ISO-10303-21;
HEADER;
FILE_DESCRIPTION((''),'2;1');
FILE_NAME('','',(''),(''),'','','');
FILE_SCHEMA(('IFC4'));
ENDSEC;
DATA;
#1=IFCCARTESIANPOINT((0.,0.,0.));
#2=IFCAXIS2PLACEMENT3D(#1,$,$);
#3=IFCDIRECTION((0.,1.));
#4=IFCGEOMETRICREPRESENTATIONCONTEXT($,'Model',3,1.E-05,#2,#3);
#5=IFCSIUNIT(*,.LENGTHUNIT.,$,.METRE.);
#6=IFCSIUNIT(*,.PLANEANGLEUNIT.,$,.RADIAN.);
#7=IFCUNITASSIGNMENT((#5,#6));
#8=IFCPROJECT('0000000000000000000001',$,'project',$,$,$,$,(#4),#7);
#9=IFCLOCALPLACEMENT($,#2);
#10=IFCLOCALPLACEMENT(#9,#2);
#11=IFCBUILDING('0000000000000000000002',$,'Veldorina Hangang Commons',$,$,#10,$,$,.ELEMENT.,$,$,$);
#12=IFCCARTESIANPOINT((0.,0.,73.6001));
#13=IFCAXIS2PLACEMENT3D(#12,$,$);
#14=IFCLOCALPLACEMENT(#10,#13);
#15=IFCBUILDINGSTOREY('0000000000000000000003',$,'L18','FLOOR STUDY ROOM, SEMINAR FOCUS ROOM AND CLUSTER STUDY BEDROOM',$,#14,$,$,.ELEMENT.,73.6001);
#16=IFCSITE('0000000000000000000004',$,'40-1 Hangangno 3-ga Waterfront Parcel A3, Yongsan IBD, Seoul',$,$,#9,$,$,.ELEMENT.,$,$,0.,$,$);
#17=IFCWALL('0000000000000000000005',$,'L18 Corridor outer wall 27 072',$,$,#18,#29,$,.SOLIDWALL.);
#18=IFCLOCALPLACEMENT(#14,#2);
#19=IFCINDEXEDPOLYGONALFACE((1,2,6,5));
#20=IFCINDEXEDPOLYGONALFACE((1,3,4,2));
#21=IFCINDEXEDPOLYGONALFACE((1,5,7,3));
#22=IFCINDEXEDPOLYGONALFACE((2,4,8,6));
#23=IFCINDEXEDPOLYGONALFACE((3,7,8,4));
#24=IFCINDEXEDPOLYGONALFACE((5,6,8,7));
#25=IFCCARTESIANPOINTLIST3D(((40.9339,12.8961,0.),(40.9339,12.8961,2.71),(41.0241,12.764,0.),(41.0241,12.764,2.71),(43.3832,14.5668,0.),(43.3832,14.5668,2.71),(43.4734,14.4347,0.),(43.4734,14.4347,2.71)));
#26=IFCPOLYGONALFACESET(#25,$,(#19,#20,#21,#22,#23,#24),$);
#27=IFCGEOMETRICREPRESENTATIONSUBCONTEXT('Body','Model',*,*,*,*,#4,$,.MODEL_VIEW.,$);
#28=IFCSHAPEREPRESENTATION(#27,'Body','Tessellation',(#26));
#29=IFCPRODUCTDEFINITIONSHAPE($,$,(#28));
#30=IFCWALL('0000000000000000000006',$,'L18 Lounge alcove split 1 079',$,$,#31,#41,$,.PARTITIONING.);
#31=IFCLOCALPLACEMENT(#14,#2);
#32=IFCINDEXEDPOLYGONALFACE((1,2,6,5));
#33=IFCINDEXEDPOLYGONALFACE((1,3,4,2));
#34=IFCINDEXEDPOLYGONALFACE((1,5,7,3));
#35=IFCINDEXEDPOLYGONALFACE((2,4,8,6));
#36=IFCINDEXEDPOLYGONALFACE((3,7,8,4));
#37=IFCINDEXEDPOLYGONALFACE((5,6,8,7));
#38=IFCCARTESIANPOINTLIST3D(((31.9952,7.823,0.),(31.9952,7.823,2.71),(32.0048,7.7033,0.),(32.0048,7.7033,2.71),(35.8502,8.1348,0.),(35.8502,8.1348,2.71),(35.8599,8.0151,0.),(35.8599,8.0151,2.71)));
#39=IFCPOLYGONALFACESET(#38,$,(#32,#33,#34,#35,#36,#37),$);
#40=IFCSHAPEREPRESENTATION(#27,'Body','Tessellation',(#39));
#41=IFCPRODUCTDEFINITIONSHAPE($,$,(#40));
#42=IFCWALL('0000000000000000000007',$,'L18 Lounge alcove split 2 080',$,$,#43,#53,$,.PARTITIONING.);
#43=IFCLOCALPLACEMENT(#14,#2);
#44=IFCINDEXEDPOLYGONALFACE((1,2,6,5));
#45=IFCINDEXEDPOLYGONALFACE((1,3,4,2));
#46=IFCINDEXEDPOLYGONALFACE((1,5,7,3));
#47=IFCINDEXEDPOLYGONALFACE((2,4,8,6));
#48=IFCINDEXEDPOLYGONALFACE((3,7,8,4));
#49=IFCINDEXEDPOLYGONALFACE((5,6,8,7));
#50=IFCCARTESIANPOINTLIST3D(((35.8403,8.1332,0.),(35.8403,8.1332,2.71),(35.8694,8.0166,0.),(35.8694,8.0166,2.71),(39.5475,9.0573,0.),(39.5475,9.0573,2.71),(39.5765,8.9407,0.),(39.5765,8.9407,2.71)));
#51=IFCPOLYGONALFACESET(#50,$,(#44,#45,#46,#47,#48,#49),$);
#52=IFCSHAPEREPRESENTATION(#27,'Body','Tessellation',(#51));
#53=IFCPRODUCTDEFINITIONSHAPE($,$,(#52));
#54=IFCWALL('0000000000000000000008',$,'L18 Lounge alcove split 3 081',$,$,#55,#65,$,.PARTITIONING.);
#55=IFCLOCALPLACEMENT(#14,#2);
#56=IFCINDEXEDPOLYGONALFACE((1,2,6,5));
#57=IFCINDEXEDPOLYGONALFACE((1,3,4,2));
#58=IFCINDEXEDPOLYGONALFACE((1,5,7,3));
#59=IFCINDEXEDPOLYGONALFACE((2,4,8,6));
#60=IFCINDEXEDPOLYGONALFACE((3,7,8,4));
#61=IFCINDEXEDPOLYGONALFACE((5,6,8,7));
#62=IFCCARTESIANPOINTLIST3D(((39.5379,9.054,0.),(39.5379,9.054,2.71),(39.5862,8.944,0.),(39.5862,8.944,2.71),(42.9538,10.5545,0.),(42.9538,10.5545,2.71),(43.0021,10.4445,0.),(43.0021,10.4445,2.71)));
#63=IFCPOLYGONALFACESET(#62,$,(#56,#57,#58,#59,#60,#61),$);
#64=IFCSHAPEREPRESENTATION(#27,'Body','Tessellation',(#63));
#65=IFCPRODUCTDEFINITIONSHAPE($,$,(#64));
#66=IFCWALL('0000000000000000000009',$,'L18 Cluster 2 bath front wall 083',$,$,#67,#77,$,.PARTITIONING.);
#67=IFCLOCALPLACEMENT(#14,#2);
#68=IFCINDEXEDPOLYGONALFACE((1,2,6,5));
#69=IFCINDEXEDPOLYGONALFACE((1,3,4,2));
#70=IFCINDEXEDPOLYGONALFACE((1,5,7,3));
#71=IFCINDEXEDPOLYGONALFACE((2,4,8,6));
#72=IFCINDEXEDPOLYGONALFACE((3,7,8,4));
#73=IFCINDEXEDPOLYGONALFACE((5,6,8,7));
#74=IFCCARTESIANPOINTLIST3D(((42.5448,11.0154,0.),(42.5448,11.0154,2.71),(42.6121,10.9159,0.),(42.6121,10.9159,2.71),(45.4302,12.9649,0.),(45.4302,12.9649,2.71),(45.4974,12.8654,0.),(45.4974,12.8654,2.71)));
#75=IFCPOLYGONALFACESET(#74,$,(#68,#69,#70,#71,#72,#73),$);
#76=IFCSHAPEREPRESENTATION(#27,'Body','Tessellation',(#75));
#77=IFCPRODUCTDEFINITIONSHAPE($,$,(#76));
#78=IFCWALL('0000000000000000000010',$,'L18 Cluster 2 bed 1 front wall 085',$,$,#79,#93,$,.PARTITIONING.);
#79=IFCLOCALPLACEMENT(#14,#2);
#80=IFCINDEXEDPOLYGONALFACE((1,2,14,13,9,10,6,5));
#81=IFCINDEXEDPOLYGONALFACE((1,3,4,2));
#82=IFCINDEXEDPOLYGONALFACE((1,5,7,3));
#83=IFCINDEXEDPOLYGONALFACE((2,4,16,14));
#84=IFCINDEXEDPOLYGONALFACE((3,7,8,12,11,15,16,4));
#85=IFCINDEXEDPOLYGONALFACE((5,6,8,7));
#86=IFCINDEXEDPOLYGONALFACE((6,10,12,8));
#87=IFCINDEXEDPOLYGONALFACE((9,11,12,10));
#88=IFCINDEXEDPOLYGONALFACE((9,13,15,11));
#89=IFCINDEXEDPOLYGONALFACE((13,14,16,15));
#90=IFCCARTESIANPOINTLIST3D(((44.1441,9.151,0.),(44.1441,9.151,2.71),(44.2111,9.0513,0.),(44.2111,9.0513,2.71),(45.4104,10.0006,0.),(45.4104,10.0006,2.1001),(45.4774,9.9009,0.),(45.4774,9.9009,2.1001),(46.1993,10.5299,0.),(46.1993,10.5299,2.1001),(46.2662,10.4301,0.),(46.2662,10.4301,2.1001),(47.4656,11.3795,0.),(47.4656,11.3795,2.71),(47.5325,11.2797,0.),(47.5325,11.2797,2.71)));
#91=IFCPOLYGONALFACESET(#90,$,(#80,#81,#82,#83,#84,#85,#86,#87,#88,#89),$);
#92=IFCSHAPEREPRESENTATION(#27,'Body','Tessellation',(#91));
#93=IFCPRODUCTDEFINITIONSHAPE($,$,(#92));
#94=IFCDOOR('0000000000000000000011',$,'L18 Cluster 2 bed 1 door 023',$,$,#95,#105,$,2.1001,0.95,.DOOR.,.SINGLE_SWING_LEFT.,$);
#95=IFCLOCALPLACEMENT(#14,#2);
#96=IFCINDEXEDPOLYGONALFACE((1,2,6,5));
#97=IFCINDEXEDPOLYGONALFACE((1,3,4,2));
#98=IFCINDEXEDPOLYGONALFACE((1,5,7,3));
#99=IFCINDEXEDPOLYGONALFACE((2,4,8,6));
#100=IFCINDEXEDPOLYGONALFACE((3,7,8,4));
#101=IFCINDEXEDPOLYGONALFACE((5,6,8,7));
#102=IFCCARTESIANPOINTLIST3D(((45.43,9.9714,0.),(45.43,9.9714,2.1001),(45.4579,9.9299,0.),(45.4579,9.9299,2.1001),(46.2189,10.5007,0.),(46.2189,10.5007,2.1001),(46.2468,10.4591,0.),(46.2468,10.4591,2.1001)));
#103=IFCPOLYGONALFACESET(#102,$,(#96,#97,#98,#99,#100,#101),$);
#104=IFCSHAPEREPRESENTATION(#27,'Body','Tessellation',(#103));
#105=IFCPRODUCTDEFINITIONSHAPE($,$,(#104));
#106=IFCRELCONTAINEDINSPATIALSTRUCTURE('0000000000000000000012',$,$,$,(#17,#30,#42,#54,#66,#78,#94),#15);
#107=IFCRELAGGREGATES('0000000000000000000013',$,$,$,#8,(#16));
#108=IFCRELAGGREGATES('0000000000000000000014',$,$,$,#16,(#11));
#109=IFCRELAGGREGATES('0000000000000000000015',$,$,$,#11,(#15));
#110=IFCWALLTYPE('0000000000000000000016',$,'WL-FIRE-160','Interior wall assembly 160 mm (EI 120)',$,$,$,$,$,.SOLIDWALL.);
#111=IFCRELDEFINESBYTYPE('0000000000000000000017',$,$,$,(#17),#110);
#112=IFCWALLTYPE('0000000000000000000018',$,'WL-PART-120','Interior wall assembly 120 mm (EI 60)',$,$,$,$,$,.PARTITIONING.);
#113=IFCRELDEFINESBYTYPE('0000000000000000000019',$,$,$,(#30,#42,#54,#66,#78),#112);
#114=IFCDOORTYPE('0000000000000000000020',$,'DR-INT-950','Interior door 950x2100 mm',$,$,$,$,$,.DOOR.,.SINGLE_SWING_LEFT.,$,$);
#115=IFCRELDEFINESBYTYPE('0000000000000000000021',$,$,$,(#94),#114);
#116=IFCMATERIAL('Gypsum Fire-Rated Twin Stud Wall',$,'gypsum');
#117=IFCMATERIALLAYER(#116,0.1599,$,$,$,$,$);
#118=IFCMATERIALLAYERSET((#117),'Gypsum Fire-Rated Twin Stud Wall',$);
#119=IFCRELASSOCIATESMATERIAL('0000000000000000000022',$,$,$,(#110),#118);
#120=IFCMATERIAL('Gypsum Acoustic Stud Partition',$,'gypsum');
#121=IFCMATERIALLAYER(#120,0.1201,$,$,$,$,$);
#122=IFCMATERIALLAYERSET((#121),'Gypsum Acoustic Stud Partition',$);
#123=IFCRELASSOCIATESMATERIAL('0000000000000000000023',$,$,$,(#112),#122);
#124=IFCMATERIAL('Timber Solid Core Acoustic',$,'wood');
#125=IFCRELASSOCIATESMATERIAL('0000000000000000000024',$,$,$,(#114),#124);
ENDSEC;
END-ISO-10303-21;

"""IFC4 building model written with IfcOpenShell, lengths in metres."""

from ifc_helpers import new_model, si_unit, direction, frame, frame_2d, origin, place, context, subcontext, project, spatial, rectangle, extrude, material, layer, layer_set, type_object, element, fill, save


model = new_model("IFC4")

# Units and contexts
model_context = context("Model", 3, precision=1e-05, world=origin(), true_north=direction((0.0, 1.0)))
body_context = subcontext(model_context, "Body", "Model", "MODEL_VIEW")
ifc_project = project(units=[si_unit("LENGTHUNIT", "METRE"), si_unit("PLANEANGLEUNIT", "RADIAN")], contexts=[model_context])

# Site, building, storey
site_placement = place(None, origin())
site = spatial("IfcSite", under=ifc_project, at=site_placement, Name="40-1 Hangangno 3-ga Waterfront Parcel A3, Yongsan IBD, Seoul", CompositionType="ELEMENT", RefElevation=0.0)
building_placement = place(site_placement, origin())
building = spatial("IfcBuilding", under=site, at=building_placement, Name="Veldorina Hangang Commons", CompositionType="ELEMENT")
storey_placement = place(building_placement, frame((0.0, 0.0, 73.6001)))
storey = spatial("IfcBuildingStorey", under=building, at=storey_placement, Name="L18", Description="FLOOR STUDY ROOM, SEMINAR FOCUS ROOM AND CLUSTER STUDY BEDROOM", CompositionType="ELEMENT", Elevation=73.6001)

# Shared definitions
ifc_material_1 = material(Name="Gypsum Fire-Rated Twin Stud Wall", Category="gypsum")
ifc_layer_1 = layer(ifc_material_1, 0.1599)
ifc_layer_set_1 = layer_set([ifc_layer_1], Name="Gypsum Fire-Rated Twin Stud Wall")
wall_type_1 = type_object("IfcWallType", Name="WL-FIRE-160", Description="Interior wall assembly 160 mm (EI 120)", PredefinedType="SOLIDWALL", material=ifc_layer_set_1)

# Shared definitions
ifc_material_2 = material(Name="Timber Solid Core Acoustic", Category="wood")

# Walls
wall_1_placement = place(storey_placement, frame((40.979, 12.8301, 0.0), z_axis=(0.0, 0.0, 1.0), x_axis=(0.826112, 0.563505, 0.0)))
element("IfcWall", 1, at=wall_1_placement, inside=storey, type_object=wall_type_1, Name="L18 Corridor outer wall 27 072", PredefinedType="SOLIDWALL", context=body_context, shape_type="SweptSolid", body=[
    extrude(rectangle(XDim=2.9648, YDim=0.1599, at=frame_2d((1.4824, 0.0))), origin(), (0.0, 0.0, 1.0), 2.71),
])
ifc_material_3 = material(Name="Gypsum Acoustic Stud Partition", Category="gypsum")
ifc_layer_2 = layer(ifc_material_3, 0.1201)
ifc_layer_set_2 = layer_set([ifc_layer_2], Name="Gypsum Acoustic Stud Partition")
wall_type_2 = type_object("IfcWallType", Name="WL-PART-120", Description="Interior wall assembly 120 mm (EI 60)", PredefinedType="PARTITIONING", material=ifc_layer_set_2)
wall_2_placement = place(storey_placement, frame((32.0, 7.7632, 0.0), z_axis=(0.0, 0.0, 1.0), x_axis=(0.996746, 0.080611, 0.0)))
element("IfcWall", 2, at=wall_2_placement, inside=storey, type_object=wall_type_2, Name="L18 Lounge alcove split 1 079", PredefinedType="PARTITIONING", context=body_context, shape_type="SweptSolid", body=[
    extrude(rectangle(XDim=3.8677, YDim=0.1201, at=frame_2d((1.9338, 0.0))), origin(), (0.0, 0.0, 1.0), 2.71),
])
wall_3_placement = place(storey_placement, frame((35.855, 8.075, 0.0), z_axis=(0.0, 0.0, 1.0), x_axis=(0.970308, 0.241874, 0.0)))
element("IfcWall", 3, at=wall_3_placement, inside=storey, type_object=wall_type_2, Name="L18 Lounge alcove split 2 080", PredefinedType="PARTITIONING", context=body_context, shape_type="SweptSolid", body=[
    extrude(rectangle(XDim=3.8206, YDim=0.1201, at=frame_2d((1.9102, 0.0))), origin(), (0.0, 0.0, 1.0), 2.71),
])
wall_4_placement = place(storey_placement, frame((39.562, 8.999, 0.0), z_axis=(0.0, 0.0, 1.0), x_axis=(0.915568, 0.402164, 0.0)))
element("IfcWall", 4, at=wall_4_placement, inside=storey, type_object=wall_type_2, Name="L18 Lounge alcove split 3 081", PredefinedType="PARTITIONING", context=body_context, shape_type="SweptSolid", body=[
    extrude(rectangle(XDim=3.731, YDim=0.1201, at=frame_2d((1.8655, 0.0))), origin(), (0.0, 0.0, 1.0), 2.71),
])
wall_5_placement = place(storey_placement, frame((42.5784, 10.9656, 0.0), z_axis=(0.0, 0.0, 1.0), x_axis=(0.828593, 0.559851, 0.0)))
element("IfcWall", 5, at=wall_5_placement, inside=storey, type_object=wall_type_2, Name="L18 Cluster 2 bath front wall 083", PredefinedType="PARTITIONING", context=body_context, shape_type="SweptSolid", body=[
    extrude(rectangle(XDim=3.4822, YDim=0.1201, at=frame_2d((1.7412, 0.0))), origin(), (0.0, 0.0, 1.0), 2.71),
])

# Wall, opening, door
wall_6_placement = place(storey_placement, frame((44.1775, 9.1011, 0.0), z_axis=(0.0, 0.0, 1.0), x_axis=(0.830413, 0.557149, 0.0)))
wall_6 = element("IfcWall", 6, at=wall_6_placement, inside=storey, type_object=wall_type_2, Name="L18 Cluster 2 bed 1 front wall 085", PredefinedType="PARTITIONING", context=body_context, shape_type="SweptSolid", body=[
    extrude(rectangle(XDim=3.9998, YDim=0.1201, at=frame_2d((2.0, 0.0))), origin(), (0.0, 0.0, 1.0), 2.71),
])
opening_1_placement = place(wall_6_placement, frame((1.5249, 0.0, 0.0)))
opening_1 = element("IfcOpeningElement", 7, at=opening_1_placement, cuts=wall_6, PredefinedType="OPENING", context=body_context, shape_type="SweptSolid", body=[
    extrude(rectangle(XDim=0.95, YDim=2.1001, at=frame_2d((0.4751, 1.05))), frame((0.0, 0.0701, 0.0), z_axis=(0.0, -1.0, 0.0), x_axis=(1.0, 0.0, 0.0)), (0.0, 0.0, 1.0), 0.1401),
])
door_type_1 = type_object("IfcDoorType", Name="DR-INT-950", Description="Interior door 950x2100 mm", OperationType="SINGLE_SWING_LEFT", PredefinedType="DOOR", material=ifc_material_2)
door_1_placement = place(opening_1_placement, origin())
door_1 = element("IfcDoor", 8, at=door_1_placement, inside=storey, type_object=door_type_1, Name="L18 Cluster 2 bed 1 door 023", OperationType="SINGLE_SWING_LEFT", OverallHeight=2.1001, OverallWidth=0.95, PredefinedType="DOOR", context=body_context, shape_type="SweptSolid", body=[
    extrude(rectangle(XDim=0.95, YDim=2.1001, at=frame_2d((0.4751, 1.05))), frame((0.0, 0.0249, 0.0), z_axis=(0.0, -1.0, 0.0), x_axis=(1.0, 0.0, 0.0)), (0.0, 0.0, 1.0), 0.05),
])
fill(opening_1, door_1)

save(model, "model.ifc")
